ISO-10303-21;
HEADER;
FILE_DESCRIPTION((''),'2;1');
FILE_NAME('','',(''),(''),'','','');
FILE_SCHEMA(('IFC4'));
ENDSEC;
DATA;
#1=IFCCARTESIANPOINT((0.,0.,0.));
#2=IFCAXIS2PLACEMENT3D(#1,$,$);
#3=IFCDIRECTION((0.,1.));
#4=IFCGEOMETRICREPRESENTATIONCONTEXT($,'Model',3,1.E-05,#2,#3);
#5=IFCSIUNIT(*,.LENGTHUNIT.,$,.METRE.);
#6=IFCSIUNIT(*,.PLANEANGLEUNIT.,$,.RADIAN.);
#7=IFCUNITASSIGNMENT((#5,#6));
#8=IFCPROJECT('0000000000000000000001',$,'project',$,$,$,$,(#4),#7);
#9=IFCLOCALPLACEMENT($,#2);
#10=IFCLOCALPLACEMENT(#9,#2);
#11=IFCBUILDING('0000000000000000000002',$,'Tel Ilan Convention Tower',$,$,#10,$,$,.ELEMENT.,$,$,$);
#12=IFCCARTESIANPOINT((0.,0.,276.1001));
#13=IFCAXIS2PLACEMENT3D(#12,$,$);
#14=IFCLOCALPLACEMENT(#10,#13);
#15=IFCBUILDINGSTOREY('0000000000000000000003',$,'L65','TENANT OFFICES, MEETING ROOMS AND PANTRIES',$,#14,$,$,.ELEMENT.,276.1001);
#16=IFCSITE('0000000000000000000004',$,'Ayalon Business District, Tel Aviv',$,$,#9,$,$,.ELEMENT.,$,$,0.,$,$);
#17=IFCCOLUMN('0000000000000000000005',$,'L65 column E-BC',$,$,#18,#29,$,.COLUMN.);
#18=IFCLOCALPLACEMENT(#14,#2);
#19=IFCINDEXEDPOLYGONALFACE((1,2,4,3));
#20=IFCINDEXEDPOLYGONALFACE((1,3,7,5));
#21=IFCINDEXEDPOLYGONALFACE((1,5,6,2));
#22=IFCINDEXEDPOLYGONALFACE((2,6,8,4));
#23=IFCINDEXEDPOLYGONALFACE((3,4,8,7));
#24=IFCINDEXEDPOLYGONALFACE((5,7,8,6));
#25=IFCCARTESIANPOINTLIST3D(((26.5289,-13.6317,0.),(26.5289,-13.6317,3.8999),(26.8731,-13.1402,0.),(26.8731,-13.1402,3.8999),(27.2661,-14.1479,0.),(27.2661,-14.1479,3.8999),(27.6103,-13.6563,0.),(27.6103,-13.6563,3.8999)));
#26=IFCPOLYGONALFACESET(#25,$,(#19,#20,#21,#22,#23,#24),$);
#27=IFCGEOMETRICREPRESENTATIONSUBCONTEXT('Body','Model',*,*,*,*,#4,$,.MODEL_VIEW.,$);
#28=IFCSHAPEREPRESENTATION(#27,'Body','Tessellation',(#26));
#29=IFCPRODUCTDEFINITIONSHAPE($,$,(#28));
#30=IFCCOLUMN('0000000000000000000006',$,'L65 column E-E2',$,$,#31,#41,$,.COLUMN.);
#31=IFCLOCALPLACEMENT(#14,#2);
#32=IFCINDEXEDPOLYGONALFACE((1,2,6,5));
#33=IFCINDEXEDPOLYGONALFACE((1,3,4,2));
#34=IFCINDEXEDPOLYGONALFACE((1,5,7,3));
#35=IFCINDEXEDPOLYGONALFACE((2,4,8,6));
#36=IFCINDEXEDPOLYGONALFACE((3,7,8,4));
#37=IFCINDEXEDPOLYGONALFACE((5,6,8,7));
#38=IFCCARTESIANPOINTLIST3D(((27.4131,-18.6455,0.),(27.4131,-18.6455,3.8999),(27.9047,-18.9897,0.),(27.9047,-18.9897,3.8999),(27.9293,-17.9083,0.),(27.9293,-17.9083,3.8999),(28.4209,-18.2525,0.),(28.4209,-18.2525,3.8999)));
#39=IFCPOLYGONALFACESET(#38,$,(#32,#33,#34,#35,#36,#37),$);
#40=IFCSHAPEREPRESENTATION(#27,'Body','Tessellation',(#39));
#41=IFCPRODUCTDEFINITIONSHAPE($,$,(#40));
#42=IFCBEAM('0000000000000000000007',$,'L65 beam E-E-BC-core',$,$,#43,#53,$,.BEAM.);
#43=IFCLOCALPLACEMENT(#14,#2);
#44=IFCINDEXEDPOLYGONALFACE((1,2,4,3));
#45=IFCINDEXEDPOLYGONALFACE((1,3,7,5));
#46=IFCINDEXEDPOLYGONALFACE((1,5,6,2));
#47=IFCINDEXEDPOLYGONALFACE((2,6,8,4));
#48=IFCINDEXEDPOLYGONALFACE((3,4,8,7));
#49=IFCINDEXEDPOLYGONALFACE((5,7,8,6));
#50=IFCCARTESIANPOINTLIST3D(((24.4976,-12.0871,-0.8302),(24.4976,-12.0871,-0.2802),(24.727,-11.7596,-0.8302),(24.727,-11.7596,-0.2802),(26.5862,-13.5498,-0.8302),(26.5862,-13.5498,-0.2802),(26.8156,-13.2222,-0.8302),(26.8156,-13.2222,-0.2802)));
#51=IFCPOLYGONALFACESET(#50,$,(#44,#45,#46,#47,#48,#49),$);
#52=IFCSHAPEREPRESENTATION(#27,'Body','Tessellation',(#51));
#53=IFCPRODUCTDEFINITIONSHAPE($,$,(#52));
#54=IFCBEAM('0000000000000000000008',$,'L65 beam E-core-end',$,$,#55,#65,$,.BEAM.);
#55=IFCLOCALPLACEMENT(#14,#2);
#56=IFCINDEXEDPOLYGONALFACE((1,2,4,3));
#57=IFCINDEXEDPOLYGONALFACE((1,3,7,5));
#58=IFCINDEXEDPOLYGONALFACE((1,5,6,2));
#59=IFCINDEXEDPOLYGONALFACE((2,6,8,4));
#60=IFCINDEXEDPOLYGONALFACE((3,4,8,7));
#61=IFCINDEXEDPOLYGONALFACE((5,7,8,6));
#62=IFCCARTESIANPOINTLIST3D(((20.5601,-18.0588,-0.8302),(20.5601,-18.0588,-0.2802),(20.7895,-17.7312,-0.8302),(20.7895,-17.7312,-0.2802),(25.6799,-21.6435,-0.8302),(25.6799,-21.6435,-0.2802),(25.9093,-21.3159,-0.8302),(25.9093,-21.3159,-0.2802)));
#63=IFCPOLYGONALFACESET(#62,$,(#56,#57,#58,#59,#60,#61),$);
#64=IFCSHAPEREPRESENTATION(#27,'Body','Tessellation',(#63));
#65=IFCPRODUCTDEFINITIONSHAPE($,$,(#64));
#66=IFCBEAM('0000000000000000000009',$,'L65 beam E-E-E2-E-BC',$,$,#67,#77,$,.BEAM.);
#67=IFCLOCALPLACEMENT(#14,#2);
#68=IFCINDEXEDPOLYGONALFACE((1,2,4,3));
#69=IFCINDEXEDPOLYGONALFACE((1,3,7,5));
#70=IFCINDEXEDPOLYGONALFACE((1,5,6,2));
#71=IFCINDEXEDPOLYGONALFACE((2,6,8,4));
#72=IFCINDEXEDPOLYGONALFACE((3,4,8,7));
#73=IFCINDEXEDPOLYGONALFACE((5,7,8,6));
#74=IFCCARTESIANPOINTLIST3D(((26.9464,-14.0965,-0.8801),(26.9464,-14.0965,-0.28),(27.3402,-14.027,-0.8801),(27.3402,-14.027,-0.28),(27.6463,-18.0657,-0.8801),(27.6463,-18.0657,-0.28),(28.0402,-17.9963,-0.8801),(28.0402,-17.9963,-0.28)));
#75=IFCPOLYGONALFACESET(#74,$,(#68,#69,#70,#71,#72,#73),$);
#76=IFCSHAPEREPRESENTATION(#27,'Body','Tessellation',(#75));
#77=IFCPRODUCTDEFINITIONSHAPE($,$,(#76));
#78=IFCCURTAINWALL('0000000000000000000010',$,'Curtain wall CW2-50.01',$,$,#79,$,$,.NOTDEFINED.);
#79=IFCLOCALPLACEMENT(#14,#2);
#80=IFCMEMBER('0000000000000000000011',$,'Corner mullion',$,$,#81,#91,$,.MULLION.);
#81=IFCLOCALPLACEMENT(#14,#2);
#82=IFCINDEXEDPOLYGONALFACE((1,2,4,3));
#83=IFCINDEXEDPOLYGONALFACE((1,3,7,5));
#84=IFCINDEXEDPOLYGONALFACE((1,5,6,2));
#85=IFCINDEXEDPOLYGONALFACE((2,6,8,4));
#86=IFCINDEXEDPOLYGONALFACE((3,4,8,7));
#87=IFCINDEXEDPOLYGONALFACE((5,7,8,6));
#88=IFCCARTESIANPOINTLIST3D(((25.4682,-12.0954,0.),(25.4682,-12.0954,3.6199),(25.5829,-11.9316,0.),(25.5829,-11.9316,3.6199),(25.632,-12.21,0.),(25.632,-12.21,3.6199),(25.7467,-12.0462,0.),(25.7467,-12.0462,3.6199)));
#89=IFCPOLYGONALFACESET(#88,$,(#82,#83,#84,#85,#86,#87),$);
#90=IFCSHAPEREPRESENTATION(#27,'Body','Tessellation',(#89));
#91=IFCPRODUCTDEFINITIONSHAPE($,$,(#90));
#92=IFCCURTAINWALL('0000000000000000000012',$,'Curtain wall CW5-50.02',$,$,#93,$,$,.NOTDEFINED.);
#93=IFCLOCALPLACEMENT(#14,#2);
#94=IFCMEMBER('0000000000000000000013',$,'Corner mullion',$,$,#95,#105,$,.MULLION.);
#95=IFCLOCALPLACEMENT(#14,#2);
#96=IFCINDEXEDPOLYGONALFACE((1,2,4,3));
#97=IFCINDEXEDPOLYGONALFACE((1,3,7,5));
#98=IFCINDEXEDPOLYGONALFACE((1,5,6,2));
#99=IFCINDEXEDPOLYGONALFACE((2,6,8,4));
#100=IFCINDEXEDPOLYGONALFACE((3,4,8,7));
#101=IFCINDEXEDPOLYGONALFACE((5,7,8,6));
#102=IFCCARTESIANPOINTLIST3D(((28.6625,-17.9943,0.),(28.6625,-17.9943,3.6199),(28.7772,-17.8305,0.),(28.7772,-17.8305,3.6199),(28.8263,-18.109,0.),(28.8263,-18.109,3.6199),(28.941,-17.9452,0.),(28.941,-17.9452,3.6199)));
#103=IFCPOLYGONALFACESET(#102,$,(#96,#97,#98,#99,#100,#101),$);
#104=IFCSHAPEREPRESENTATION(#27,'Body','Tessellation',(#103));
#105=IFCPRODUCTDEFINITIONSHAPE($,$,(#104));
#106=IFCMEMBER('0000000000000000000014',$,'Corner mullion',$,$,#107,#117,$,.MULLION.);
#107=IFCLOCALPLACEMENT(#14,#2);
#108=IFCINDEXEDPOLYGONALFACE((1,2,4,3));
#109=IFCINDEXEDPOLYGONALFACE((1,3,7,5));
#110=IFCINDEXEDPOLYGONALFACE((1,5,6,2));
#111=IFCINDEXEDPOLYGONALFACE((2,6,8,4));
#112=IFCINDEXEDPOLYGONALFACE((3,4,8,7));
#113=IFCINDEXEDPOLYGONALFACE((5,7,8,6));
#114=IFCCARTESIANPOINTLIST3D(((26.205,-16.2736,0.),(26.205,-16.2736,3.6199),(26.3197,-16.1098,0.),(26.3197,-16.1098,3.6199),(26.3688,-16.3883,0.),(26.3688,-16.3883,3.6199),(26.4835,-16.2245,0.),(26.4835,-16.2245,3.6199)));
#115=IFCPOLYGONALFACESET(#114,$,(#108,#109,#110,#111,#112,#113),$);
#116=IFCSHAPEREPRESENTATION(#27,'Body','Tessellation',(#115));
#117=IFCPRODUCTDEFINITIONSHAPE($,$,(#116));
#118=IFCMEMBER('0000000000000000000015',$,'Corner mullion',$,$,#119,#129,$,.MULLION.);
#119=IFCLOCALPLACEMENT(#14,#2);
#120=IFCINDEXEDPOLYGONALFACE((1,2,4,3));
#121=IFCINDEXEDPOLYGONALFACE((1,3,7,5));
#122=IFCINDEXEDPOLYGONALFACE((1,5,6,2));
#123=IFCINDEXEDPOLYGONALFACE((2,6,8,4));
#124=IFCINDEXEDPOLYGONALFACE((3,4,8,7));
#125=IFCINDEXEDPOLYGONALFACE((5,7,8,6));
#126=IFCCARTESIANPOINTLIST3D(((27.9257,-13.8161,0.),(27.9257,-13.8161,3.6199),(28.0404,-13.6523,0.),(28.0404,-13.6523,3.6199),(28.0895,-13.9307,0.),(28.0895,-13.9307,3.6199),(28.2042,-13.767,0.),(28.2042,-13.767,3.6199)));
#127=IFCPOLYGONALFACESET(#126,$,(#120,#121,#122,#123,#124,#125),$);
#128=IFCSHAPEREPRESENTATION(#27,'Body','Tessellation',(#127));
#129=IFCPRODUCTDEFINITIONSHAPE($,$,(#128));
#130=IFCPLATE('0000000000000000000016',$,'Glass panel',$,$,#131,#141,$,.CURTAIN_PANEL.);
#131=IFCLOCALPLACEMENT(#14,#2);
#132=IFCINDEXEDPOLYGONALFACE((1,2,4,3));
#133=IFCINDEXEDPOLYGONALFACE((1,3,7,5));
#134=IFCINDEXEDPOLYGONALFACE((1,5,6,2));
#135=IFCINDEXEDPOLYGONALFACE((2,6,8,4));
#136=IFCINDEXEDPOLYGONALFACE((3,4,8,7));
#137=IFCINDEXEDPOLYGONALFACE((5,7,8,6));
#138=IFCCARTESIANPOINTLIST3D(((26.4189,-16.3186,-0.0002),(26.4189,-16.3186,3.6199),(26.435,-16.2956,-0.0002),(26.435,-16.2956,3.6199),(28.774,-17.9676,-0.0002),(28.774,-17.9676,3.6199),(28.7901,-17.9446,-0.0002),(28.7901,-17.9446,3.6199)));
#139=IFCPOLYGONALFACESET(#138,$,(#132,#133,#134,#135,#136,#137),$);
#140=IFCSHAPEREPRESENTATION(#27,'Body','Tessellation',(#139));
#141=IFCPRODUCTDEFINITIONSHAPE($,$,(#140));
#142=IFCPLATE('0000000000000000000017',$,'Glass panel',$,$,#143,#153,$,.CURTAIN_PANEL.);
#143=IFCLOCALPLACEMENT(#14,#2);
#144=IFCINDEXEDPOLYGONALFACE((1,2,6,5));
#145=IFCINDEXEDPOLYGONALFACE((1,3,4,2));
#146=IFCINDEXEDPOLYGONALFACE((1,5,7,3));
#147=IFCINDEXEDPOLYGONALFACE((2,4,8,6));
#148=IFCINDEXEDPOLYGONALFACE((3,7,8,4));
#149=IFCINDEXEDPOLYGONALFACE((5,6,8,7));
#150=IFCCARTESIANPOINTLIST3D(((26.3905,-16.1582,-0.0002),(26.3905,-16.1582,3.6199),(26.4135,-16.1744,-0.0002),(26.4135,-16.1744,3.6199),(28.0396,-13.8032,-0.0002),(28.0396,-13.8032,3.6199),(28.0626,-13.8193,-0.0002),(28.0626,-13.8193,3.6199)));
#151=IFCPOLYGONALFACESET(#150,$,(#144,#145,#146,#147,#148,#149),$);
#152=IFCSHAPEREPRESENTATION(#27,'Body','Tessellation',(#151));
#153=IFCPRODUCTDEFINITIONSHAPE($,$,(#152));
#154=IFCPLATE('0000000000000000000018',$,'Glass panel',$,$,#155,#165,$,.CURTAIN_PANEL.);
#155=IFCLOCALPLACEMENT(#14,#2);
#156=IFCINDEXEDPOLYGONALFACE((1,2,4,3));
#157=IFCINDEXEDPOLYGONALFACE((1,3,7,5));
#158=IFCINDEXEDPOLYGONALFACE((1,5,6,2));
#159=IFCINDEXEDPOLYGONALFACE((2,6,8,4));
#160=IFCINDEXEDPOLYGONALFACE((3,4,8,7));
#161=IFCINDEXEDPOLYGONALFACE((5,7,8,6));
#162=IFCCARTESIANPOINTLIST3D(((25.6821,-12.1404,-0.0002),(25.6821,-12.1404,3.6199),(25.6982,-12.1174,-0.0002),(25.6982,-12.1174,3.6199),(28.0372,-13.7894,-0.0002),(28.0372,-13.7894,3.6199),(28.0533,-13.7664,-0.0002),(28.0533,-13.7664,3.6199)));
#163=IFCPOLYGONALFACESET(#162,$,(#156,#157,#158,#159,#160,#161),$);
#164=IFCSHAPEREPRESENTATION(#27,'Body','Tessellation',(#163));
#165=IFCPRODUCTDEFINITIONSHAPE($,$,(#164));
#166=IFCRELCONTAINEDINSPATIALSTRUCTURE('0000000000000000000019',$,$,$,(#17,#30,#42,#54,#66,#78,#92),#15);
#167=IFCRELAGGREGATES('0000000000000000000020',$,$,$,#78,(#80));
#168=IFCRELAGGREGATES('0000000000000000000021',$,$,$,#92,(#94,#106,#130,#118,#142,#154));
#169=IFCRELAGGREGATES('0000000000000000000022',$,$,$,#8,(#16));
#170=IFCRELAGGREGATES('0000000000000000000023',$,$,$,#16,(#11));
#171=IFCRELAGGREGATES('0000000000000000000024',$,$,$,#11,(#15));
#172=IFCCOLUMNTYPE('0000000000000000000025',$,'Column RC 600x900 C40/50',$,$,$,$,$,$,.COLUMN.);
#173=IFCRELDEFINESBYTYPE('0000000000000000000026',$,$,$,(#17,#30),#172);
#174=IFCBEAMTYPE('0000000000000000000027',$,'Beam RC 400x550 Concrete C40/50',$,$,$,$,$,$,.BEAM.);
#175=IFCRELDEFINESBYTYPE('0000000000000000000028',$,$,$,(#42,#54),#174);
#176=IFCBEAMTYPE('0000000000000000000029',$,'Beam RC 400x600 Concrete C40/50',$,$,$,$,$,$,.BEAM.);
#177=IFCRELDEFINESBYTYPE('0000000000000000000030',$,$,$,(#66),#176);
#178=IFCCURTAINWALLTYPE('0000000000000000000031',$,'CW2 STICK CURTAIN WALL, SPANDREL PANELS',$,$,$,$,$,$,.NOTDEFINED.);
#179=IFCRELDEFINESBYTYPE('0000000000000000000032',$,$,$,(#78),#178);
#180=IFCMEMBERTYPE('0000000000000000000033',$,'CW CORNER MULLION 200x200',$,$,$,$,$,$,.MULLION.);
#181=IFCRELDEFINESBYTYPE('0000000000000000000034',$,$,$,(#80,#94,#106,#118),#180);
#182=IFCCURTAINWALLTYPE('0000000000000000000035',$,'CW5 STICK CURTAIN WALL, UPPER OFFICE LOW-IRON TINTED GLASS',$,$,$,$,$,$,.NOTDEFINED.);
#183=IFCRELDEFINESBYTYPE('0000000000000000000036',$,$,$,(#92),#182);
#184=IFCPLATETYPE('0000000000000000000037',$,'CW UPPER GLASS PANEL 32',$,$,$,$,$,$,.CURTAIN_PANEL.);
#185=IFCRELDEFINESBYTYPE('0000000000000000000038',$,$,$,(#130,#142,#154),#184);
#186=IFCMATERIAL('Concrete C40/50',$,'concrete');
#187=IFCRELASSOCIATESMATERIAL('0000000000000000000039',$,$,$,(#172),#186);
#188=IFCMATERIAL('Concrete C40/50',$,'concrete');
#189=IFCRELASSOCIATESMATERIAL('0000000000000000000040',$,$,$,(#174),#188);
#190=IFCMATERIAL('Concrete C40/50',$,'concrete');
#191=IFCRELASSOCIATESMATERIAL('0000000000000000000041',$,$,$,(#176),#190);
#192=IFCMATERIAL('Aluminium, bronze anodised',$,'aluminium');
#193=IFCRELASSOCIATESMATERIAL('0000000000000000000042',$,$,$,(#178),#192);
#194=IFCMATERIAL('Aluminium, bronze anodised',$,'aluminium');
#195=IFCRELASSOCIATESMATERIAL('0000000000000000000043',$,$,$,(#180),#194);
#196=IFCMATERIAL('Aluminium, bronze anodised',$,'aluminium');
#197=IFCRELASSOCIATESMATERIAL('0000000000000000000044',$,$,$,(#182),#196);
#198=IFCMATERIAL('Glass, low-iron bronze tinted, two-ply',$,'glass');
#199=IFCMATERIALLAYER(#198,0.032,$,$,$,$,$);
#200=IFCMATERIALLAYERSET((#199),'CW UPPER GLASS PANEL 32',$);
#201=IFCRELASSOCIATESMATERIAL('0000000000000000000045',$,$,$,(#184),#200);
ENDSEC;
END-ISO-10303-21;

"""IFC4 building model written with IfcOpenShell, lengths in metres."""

from ifc_helpers import new_model, si_unit, direction, frame, origin, origin_2d, place, context, subcontext, project, spatial, rectangle, extrude, material, layer, layer_set, material_profile, profile_set, type_object, element, aggregate, save


model = new_model("IFC4")

# Units and contexts
model_context = context("Model", 3, precision=1e-05, world=origin(), true_north=direction((0.0, 1.0)))
body_context = subcontext(model_context, "Body", "Model", "MODEL_VIEW")
ifc_project = project(units=[si_unit("LENGTHUNIT", "METRE"), si_unit("PLANEANGLEUNIT", "RADIAN")], contexts=[model_context])

# Site, building, storey
site_placement = place(None, origin())
site = spatial("IfcSite", under=ifc_project, at=site_placement, Name="Ayalon Business District, Tel Aviv", CompositionType="ELEMENT", RefElevation=0.0)
building_placement = place(site_placement, origin())
building = spatial("IfcBuilding", under=site, at=building_placement, Name="Tel Ilan Convention Tower", CompositionType="ELEMENT")
storey_placement = place(building_placement, frame((0.0, 0.0, 276.1001)))
storey = spatial("IfcBuildingStorey", under=building, at=storey_placement, Name="L65", Description="TENANT OFFICES, MEETING ROOMS AND PANTRIES", CompositionType="ELEMENT", Elevation=276.1001)

# Columns
ifc_material_1 = material(Name="Concrete C40/50", Category="concrete")
ifc_material_profile_1 = material_profile(ifc_material_1, rectangle(XDim=0.8999, YDim=0.6001, at=origin_2d()), Name="RC 600x900")
ifc_profile_set_1 = profile_set([ifc_material_profile_1], Name="Concrete C40/50")
column_type = type_object("IfcColumnType", Name="Column RC 600x900 C40/50", PredefinedType="COLUMN", material=ifc_profile_set_1)
for number, where, z_axis, x_axis, name in (
    (1, (27.0696, -13.644, 0.0), (0.0, 0.0, 1.0), (0.819152, -0.573576, 0.0), "L65 column E-BC"),
    (2, (27.917, -18.449, 0.0), (0.0, 0.0, 1.0), (0.573576, 0.819152, 0.0), "L65 column E-E2"),
):
    element("IfcColumn", number, at=place(storey_placement, frame(where, z_axis=z_axis, x_axis=x_axis)), inside=storey, type_object=column_type, Name=name, PredefinedType="COLUMN", context=body_context, shape_type="SweptSolid", body=[
        extrude(rectangle(XDim=0.8999, YDim=0.6001, at=origin_2d()), origin(), (0.0, 0.0, 1.0), 3.8999),
    ])

# Beams
ifc_material_2 = material(Name="Concrete C40/50", Category="concrete")
ifc_material_profile_2 = material_profile(ifc_material_2, rectangle(XDim=0.3999, YDim=0.55, at=origin_2d()), Name="RC 400x550")
ifc_profile_set_2 = profile_set([ifc_material_profile_2], Name="Concrete C40/50")
beam_type_1 = type_object("IfcBeamType", Name="Beam RC 400x550 Concrete C40/50", PredefinedType="BEAM", material=ifc_profile_set_2)
beam_1_placement = place(storey_placement, frame((26.7009, -13.386, -0.5552), z_axis=(-0.819119, 0.573623, 0.0), x_axis=(-0.573623, -0.819119, 0.0)))
element("IfcBeam", 3, at=beam_1_placement, inside=storey, type_object=beam_type_1, Name="L65 beam E-E-BC-core", PredefinedType="BEAM", context=body_context, shape_type="SweptSolid", body=[
    extrude(rectangle(XDim=0.3999, YDim=0.55, at=origin_2d()), origin(), (0.0, 0.0, 1.0), 2.5498),
])
beam_2_placement = place(storey_placement, frame((20.6748, -17.895, -0.5552), z_axis=(0.819171, -0.573549, 0.0), x_axis=(0.573549, 0.819171, 0.0)))
element("IfcBeam", 4, at=beam_2_placement, inside=storey, type_object=beam_type_1, Name="L65 beam E-core-end", PredefinedType="BEAM", context=body_context, shape_type="SweptSolid", body=[
    extrude(rectangle(XDim=0.3999, YDim=0.55, at=origin_2d()), origin(), (0.0, 0.0, 1.0), 6.25),
])
ifc_material_3 = material(Name="Concrete C40/50", Category="concrete")
ifc_material_profile_3 = material_profile(ifc_material_3, rectangle(XDim=0.3999, YDim=0.6001, at=origin_2d()), Name="RC 400x600")
ifc_profile_set_3 = profile_set([ifc_material_profile_3], Name="Concrete C40/50")
beam_type_2 = type_object("IfcBeamType", Name="Beam RC 400x600 Concrete C40/50", PredefinedType="BEAM", material=ifc_profile_set_3)
beam_3_placement = place(storey_placement, frame((27.8433, -18.031, -0.5801), z_axis=(-0.173664, 0.984805, 0.0), x_axis=(-0.984805, -0.173664, 0.0)))
element("IfcBeam", 5, at=beam_3_placement, inside=storey, type_object=beam_type_2, Name="L65 beam E-E-E2-E-BC", PredefinedType="BEAM", context=body_context, shape_type="SweptSolid", body=[
    extrude(rectangle(XDim=0.3999, YDim=0.6001, at=origin_2d()), origin(), (0.0, 0.0, 1.0), 4.0305),
])

# Curtain wall, member
ifc_material_4 = material(Name="Aluminium, bronze anodised", Category="aluminium")
curtain_wall_type_1 = type_object("IfcCurtainWallType", Name="CW2 STICK CURTAIN WALL, SPANDREL PANELS", PredefinedType="NOTDEFINED", material=ifc_material_4)
curtain_wall_1_placement = place(storey_placement, origin())
curtain_wall_1 = element("IfcCurtainWall", 6, at=curtain_wall_1_placement, inside=storey, type_object=curtain_wall_type_1, Name="Curtain wall CW2-50.01", PredefinedType="NOTDEFINED")
ifc_material_5 = material(Name="Aluminium, bronze anodised", Category="aluminium")
ifc_material_profile_4 = material_profile(ifc_material_5, rectangle(XDim=0.2, YDim=0.2, at=origin_2d()), Name="CW CORNER MULLION 200x200")
ifc_profile_set_4 = profile_set([ifc_material_profile_4], Name="Aluminium, bronze anodised")
member_type = type_object("IfcMemberType", Name="CW CORNER MULLION 200x200", PredefinedType="MULLION", material=ifc_profile_set_4)
member_1_placement = place(storey_placement, frame((25.6074, -12.0708, 0.0), z_axis=(0.0, 0.0, 1.0), x_axis=(-0.819152, 0.573576, 0.0)))
member_1 = element("IfcMember", 7, at=member_1_placement, type_object=member_type, Name="Corner mullion", PredefinedType="MULLION", context=body_context, shape_type="SweptSolid", body=[
    extrude(rectangle(XDim=0.2, YDim=0.2, at=origin_2d()), origin(), (0.0, 0.0, 1.0), 3.6199),
])
aggregate(curtain_wall_1, [member_1])

# Curtain wall, members, plates
ifc_material_6 = material(Name="Aluminium, bronze anodised", Category="aluminium")
curtain_wall_type_2 = type_object("IfcCurtainWallType", Name="CW5 STICK CURTAIN WALL, UPPER OFFICE LOW-IRON TINTED GLASS", PredefinedType="NOTDEFINED", material=ifc_material_6)
curtain_wall_2_placement = place(storey_placement, origin())
curtain_wall_2 = element("IfcCurtainWall", 8, at=curtain_wall_2_placement, inside=storey, type_object=curtain_wall_type_2, Name="Curtain wall CW5-50.02", PredefinedType="NOTDEFINED")
member_2_placement = place(storey_placement, frame((28.8018, -17.9697, 0.0), z_axis=(0.0, 0.0, 1.0), x_axis=(0.573576, 0.819152, 0.0)))
member_2 = element("IfcMember", 9, at=member_2_placement, type_object=member_type, Name="Corner mullion", PredefinedType="MULLION", context=body_context, shape_type="SweptSolid", body=[
    extrude(rectangle(XDim=0.2, YDim=0.2, at=origin_2d()), origin(), (0.0, 0.0, 1.0), 3.6199),
])
member_3_placement = place(storey_placement, frame((26.3442, -16.249, 0.0), z_axis=(0.0, 0.0, 1.0), x_axis=(-0.819152, 0.573576, 0.0)))
member_3 = element("IfcMember", 10, at=member_3_placement, type_object=member_type, Name="Corner mullion", PredefinedType="MULLION", context=body_context, shape_type="SweptSolid", body=[
    extrude(rectangle(XDim=0.2, YDim=0.2, at=origin_2d()), origin(), (0.0, 0.0, 1.0), 3.6199),
])
member_4_placement = place(storey_placement, frame((28.0649, -13.7915, 0.0), z_axis=(0.0, 0.0, 1.0), x_axis=(0.573576, 0.819152, 0.0)))
member_4 = element("IfcMember", 11, at=member_4_placement, type_object=member_type, Name="Corner mullion", PredefinedType="MULLION", context=body_context, shape_type="SweptSolid", body=[
    extrude(rectangle(XDim=0.2, YDim=0.2, at=origin_2d()), origin(), (0.0, 0.0, 1.0), 3.6199),
])
ifc_material_7 = material(Name="Glass, low-iron bronze tinted, two-ply", Category="glass")
ifc_layer_1 = layer(ifc_material_7, 0.032)
ifc_layer_set_1 = layer_set([ifc_layer_1], Name="CW UPPER GLASS PANEL 32")
plate_type = type_object("IfcPlateType", Name="CW UPPER GLASS PANEL 32", PredefinedType="CURTAIN_PANEL", material=ifc_layer_set_1)
plate_1_placement = place(storey_placement, frame((27.6045, -17.1316, -0.0002), z_axis=(0.0, 0.0, 1.0), x_axis=(-0.819152, 0.573576, 0.0)))
plate_1 = element("IfcPlate", 12, at=plate_1_placement, type_object=plate_type, Name="Glass panel", PredefinedType="CURTAIN_PANEL", context=body_context, shape_type="SweptSolid", body=[
    extrude(rectangle(XDim=2.875, YDim=0.0281, at=origin_2d()), origin(), (0.0, 0.0, 1.0), 3.6201),
])
plate_2_placement = place(storey_placement, frame((27.2266, -14.9888, -0.0002), z_axis=(0.0, 0.0, 1.0), x_axis=(0.573576, 0.819152, 0.0)))
plate_2 = element("IfcPlate", 13, at=plate_2_placement, type_object=plate_type, Name="Glass panel", PredefinedType="CURTAIN_PANEL", context=body_context, shape_type="SweptSolid", body=[
    extrude(rectangle(XDim=2.875, YDim=0.0281, at=origin_2d()), origin(), (0.0, 0.0, 1.0), 3.6201),
])
plate_3_placement = place(storey_placement, frame((26.8677, -12.9534, -0.0002), z_axis=(0.0, 0.0, 1.0), x_axis=(-0.819152, 0.573576, 0.0)))
plate_3 = element("IfcPlate", 14, at=plate_3_placement, type_object=plate_type, Name="Glass panel", PredefinedType="CURTAIN_PANEL", context=body_context, shape_type="SweptSolid", body=[
    extrude(rectangle(XDim=2.875, YDim=0.0281, at=origin_2d()), origin(), (0.0, 0.0, 1.0), 3.6201),
])
aggregate(curtain_wall_2, [member_2, member_3, plate_1, member_4, plate_2, plate_3])

save(model, "model.ifc")
